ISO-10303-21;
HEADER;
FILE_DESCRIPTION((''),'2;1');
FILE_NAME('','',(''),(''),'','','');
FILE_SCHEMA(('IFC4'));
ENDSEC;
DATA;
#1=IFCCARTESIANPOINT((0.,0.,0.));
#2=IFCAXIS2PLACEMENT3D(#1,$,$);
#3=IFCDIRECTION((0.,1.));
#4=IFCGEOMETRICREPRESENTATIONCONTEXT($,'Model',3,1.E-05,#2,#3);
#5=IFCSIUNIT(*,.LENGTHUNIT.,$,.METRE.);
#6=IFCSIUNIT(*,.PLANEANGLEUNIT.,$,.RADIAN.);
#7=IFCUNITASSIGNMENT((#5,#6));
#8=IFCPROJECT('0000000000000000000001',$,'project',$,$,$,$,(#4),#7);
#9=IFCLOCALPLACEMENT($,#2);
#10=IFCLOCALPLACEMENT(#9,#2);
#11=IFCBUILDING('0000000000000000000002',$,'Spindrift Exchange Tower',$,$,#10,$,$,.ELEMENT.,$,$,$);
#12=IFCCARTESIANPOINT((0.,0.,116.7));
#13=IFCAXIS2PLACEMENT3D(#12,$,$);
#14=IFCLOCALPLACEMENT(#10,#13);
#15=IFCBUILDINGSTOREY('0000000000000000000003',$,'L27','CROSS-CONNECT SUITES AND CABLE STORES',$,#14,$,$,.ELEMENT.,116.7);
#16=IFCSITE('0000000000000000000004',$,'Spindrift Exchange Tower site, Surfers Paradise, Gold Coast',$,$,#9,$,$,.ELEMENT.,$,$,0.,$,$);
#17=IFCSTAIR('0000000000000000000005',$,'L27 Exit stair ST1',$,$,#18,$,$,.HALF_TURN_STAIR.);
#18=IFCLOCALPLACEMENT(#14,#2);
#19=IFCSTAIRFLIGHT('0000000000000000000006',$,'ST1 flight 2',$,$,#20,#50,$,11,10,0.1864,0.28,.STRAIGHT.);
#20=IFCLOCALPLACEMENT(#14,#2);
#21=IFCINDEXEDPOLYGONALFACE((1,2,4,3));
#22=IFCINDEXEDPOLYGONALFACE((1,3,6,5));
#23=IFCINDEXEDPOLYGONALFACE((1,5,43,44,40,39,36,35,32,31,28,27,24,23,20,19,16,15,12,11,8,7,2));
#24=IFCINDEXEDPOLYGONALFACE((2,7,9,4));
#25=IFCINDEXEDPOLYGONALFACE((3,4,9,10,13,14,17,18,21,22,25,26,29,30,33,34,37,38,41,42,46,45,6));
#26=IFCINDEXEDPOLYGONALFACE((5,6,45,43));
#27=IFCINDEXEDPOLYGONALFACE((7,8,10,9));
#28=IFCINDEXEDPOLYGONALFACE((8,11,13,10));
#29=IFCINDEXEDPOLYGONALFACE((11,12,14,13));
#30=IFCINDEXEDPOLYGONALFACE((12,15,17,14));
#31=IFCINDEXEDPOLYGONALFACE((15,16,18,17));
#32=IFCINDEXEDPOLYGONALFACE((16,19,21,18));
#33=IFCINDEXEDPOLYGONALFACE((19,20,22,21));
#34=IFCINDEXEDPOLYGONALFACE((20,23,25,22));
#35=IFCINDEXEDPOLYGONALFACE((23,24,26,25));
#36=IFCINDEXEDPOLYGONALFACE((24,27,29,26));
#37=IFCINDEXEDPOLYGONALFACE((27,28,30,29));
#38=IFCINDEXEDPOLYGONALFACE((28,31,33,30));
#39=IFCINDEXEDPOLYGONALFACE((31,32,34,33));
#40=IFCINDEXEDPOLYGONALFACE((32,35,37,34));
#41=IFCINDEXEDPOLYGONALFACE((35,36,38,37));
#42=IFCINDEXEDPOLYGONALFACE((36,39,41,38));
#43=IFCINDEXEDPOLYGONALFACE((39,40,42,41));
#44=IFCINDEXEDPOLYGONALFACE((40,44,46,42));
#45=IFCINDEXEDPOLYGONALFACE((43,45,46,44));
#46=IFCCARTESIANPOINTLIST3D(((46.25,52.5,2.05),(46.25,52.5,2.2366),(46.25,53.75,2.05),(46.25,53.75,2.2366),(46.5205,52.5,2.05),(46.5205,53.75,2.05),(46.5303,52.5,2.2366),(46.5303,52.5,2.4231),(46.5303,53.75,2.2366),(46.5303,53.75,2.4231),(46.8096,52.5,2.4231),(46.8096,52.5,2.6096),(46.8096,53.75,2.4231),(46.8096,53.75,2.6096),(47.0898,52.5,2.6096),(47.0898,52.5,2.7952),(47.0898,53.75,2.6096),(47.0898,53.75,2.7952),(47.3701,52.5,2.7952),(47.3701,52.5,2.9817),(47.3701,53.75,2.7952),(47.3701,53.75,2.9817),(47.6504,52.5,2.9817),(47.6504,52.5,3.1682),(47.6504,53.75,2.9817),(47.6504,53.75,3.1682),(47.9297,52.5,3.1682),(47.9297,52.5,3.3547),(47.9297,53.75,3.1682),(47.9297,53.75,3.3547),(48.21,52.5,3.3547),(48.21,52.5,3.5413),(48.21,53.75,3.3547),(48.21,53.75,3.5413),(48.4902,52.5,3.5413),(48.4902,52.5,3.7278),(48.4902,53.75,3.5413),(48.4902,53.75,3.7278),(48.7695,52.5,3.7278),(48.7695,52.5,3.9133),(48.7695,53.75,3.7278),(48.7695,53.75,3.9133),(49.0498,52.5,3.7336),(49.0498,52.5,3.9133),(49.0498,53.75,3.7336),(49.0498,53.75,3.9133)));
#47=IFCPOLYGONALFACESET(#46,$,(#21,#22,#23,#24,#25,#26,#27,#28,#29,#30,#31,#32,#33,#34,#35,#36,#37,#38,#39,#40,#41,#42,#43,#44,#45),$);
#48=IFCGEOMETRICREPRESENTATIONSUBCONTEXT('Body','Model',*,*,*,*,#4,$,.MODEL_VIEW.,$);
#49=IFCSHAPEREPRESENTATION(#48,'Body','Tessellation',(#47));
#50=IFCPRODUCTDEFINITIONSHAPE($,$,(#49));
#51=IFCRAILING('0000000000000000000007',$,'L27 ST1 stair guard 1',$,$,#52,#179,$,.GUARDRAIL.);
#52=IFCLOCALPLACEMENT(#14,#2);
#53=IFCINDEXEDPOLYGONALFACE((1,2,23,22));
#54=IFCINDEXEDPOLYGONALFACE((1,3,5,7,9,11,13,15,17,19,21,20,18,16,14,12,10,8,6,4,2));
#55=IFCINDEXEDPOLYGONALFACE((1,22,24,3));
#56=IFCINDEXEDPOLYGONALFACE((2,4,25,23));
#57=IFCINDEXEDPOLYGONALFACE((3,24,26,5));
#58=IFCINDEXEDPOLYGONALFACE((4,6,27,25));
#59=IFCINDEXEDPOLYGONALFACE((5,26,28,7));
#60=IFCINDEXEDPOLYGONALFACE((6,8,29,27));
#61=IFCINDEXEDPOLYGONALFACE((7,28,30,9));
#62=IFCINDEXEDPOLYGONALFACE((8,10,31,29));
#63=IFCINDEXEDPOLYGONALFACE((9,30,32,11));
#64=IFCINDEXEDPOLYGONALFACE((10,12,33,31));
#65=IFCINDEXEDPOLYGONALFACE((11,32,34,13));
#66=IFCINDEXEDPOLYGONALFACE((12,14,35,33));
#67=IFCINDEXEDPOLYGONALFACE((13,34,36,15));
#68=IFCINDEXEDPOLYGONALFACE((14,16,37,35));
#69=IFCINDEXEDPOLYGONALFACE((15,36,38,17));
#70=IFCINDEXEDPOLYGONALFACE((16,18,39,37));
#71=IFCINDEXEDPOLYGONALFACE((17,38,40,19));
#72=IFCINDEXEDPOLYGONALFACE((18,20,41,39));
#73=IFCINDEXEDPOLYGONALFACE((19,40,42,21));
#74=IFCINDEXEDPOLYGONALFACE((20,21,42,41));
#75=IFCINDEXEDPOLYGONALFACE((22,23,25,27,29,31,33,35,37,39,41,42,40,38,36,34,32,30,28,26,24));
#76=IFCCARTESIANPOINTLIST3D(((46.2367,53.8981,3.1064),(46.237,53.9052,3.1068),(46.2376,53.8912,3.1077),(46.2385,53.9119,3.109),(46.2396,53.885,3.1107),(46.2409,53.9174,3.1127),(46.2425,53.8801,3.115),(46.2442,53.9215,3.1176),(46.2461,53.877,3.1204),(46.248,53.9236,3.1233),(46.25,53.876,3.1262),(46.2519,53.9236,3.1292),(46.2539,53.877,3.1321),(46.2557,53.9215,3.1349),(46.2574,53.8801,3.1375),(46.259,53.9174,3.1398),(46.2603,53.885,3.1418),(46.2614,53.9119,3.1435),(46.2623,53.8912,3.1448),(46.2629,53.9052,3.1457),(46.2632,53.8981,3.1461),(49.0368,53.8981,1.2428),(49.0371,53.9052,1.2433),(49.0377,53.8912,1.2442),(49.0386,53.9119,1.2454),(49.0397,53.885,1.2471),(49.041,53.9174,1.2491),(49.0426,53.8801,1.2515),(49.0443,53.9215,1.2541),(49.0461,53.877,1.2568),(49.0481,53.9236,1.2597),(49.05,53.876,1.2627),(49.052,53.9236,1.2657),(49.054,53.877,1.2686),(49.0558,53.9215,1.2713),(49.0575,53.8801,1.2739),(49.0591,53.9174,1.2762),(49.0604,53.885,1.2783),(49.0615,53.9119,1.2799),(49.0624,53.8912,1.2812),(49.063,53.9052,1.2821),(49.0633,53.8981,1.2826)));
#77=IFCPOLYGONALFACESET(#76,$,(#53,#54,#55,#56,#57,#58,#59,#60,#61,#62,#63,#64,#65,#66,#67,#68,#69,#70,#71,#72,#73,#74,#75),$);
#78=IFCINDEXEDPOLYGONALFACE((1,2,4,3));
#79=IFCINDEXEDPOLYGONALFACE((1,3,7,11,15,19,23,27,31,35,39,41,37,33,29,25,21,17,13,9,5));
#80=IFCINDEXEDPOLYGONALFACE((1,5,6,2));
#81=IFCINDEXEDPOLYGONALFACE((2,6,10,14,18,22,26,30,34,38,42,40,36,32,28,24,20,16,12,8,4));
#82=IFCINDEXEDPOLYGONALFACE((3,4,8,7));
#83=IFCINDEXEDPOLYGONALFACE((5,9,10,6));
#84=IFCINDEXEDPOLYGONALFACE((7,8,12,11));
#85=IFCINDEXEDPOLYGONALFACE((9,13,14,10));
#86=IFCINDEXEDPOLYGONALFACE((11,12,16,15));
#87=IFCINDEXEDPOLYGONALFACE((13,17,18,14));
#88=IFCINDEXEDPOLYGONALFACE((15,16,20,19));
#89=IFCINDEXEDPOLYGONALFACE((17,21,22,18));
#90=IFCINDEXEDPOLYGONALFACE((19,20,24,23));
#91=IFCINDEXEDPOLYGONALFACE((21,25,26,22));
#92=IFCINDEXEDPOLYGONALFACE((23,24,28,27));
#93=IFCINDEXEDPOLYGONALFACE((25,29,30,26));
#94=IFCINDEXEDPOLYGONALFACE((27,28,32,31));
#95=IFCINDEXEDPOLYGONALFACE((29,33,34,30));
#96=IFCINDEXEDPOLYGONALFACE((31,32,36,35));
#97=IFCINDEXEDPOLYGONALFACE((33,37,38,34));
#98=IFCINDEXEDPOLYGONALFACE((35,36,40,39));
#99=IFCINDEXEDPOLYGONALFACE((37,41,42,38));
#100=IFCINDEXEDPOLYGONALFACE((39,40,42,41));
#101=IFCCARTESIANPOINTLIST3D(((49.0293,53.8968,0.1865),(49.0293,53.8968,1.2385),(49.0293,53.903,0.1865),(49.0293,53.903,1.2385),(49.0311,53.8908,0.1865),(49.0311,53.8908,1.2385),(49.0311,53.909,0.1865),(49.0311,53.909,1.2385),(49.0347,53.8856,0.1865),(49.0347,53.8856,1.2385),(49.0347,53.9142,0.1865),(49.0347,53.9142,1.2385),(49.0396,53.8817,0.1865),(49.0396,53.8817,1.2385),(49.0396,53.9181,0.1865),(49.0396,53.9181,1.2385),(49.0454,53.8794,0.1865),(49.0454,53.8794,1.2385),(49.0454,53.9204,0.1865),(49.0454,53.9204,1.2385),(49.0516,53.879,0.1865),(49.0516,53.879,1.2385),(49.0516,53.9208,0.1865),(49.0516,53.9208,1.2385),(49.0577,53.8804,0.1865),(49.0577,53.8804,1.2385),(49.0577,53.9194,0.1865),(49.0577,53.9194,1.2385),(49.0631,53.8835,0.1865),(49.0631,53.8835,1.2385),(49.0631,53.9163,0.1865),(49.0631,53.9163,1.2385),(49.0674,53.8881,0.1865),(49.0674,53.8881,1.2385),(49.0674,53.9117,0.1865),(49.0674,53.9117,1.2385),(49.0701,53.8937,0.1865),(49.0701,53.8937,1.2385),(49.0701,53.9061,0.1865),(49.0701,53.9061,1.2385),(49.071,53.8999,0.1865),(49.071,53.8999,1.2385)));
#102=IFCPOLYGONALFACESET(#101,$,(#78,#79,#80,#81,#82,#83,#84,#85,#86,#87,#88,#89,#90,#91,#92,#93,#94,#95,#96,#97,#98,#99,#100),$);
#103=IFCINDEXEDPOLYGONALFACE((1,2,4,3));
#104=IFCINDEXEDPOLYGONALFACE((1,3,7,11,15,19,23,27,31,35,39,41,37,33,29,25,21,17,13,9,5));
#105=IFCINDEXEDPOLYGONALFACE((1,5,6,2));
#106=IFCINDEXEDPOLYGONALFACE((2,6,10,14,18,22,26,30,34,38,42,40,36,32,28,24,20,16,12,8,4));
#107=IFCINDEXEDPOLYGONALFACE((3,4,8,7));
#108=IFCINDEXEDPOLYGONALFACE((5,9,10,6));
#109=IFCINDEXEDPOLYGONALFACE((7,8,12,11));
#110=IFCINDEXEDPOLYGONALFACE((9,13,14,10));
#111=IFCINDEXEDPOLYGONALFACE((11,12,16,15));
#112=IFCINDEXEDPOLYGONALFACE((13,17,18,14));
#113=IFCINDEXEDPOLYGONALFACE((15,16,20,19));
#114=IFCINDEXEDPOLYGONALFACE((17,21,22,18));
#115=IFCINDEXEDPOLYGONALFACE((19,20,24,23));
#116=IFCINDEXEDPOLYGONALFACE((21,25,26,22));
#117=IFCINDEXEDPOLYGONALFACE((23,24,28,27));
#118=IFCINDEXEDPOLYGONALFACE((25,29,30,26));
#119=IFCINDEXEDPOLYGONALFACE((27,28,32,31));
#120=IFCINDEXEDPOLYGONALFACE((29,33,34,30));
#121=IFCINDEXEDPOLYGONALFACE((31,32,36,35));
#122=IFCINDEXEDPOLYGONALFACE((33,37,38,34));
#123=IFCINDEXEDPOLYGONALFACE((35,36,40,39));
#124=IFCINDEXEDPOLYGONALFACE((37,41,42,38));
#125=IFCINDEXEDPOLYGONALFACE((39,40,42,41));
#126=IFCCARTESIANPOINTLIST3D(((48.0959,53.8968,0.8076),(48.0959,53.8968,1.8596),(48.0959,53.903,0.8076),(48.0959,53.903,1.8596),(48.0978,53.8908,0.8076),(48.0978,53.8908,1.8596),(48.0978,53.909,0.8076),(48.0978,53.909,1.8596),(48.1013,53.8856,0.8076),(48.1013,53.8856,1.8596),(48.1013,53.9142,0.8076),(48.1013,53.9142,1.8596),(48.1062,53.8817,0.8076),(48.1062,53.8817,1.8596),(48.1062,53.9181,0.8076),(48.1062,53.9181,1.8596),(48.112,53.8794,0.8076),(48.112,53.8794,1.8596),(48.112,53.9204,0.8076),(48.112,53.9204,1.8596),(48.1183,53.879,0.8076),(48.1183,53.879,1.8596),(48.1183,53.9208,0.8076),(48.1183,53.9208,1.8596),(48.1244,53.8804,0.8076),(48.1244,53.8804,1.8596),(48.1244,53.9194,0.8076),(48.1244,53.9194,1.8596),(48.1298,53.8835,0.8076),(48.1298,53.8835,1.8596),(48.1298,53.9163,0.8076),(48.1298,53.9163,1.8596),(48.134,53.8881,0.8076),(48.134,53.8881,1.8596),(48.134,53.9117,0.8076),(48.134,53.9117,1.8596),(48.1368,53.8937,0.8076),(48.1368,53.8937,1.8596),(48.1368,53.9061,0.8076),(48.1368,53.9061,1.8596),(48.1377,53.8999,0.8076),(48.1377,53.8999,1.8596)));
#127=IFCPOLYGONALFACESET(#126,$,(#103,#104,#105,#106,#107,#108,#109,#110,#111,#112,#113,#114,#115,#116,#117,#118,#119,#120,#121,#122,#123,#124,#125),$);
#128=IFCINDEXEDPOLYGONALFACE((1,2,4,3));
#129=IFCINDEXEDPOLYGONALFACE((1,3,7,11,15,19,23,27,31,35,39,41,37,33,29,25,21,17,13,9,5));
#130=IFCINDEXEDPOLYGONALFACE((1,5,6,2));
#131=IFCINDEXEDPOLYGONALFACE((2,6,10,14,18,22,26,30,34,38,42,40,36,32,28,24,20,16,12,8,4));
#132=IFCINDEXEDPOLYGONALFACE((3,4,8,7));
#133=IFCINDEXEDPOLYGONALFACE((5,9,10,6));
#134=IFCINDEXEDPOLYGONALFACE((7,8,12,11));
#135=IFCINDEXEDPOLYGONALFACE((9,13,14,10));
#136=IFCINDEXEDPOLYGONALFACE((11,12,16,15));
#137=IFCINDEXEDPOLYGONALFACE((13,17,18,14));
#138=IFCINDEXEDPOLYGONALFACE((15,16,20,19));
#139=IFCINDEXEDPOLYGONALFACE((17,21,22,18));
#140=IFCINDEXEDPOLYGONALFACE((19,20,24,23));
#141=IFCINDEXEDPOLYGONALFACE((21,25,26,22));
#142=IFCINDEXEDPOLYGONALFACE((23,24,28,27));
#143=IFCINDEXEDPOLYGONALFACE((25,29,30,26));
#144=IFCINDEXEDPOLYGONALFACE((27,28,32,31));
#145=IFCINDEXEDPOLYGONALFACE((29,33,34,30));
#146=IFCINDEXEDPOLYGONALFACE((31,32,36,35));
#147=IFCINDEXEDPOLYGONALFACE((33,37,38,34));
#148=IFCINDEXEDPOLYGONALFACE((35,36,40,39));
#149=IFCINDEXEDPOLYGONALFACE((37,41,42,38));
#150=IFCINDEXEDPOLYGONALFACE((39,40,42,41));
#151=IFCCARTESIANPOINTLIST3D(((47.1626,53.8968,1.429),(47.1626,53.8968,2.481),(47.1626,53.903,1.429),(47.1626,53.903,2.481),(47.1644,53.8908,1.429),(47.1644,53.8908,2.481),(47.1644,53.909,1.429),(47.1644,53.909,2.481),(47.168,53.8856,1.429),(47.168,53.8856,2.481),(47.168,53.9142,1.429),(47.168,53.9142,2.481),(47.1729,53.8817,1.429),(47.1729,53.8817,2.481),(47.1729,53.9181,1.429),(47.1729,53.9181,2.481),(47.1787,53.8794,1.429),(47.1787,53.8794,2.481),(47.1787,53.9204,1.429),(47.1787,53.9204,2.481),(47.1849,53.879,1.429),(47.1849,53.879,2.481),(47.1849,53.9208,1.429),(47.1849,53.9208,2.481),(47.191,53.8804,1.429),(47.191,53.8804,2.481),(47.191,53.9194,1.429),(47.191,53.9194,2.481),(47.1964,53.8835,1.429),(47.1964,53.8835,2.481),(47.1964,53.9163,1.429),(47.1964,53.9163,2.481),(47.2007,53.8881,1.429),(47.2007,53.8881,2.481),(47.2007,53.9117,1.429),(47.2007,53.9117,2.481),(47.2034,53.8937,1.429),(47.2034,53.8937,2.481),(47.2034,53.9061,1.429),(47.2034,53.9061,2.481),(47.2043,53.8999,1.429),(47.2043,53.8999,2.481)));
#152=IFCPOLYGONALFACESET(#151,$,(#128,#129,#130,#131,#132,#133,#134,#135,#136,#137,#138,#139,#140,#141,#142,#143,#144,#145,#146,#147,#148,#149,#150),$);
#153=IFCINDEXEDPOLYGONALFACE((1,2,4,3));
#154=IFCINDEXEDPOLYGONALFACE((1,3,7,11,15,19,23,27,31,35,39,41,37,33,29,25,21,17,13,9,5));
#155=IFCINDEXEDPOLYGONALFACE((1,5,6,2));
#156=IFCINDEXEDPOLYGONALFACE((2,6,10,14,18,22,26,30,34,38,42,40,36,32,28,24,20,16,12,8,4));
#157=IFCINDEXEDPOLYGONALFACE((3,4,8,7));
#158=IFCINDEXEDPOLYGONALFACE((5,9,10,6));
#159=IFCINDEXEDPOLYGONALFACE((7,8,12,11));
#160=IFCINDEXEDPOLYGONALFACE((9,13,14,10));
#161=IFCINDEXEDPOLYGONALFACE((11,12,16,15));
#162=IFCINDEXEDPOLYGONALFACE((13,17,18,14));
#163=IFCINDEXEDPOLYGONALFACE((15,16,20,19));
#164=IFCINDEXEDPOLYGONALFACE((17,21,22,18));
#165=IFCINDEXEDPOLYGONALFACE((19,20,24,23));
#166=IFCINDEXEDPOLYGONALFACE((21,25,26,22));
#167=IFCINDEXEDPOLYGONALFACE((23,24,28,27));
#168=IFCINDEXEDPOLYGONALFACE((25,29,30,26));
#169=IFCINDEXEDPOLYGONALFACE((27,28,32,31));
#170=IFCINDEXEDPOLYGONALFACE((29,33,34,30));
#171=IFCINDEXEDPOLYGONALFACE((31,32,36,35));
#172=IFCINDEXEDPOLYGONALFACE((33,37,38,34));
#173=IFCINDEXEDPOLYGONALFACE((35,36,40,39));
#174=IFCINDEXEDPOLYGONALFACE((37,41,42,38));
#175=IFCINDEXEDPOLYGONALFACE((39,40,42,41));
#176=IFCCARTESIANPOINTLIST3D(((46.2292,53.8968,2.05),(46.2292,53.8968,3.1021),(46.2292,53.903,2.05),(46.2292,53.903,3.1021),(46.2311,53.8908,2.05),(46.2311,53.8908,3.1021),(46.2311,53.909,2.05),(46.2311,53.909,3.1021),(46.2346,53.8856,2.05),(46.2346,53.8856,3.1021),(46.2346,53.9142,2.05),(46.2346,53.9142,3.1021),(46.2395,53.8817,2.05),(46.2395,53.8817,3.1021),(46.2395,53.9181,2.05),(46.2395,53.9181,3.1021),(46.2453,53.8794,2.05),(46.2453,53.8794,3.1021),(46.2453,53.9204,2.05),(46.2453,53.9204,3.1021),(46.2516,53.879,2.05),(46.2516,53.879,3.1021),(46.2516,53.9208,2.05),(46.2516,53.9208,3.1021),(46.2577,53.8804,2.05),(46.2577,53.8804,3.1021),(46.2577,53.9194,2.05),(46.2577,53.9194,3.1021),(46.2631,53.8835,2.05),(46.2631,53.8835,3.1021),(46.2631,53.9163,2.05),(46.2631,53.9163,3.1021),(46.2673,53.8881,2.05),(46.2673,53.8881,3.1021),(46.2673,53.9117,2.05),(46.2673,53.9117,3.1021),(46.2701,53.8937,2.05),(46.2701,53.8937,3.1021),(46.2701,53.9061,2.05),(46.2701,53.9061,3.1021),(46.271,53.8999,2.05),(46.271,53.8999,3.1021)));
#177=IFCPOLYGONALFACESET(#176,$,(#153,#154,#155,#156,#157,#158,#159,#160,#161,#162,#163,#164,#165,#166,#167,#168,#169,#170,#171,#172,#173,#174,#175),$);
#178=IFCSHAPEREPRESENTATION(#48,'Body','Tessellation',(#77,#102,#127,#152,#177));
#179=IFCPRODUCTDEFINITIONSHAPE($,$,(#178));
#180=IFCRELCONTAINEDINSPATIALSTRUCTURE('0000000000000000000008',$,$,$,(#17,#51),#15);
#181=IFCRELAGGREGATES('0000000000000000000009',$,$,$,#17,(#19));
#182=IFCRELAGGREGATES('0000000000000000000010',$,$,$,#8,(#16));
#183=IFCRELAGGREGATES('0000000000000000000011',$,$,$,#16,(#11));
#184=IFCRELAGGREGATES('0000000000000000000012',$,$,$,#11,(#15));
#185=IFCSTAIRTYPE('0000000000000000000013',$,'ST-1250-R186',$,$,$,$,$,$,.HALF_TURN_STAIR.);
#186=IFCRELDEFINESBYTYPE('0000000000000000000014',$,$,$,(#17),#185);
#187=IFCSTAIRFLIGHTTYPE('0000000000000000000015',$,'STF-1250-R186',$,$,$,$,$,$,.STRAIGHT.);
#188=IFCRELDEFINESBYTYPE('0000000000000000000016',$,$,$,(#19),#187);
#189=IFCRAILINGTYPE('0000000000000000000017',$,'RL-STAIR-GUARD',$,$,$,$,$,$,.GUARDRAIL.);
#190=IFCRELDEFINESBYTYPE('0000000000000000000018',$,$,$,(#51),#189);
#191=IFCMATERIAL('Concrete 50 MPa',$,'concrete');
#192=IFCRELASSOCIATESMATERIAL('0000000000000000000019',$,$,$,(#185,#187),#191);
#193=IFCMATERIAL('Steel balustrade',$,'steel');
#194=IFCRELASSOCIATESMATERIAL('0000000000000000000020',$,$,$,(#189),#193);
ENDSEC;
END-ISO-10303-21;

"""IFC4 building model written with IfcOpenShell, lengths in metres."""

from ifc_helpers import new_model, si_unit, direction, frame, origin, origin_2d, place, context, subcontext, project, spatial, line, indexed_curve, circle, outline, extrude, material, type_object, element, aggregate, save


model = new_model("IFC4")

# Units and contexts
model_context = context("Model", 3, precision=1e-05, world=origin(), true_north=direction((0.0, 1.0)))
body_context = subcontext(model_context, "Body", "Model", "MODEL_VIEW")
ifc_project = project(units=[si_unit("LENGTHUNIT", "METRE"), si_unit("PLANEANGLEUNIT", "RADIAN")], contexts=[model_context])

# Site, building, storey
site_placement = place(None, origin())
site = spatial("IfcSite", under=ifc_project, at=site_placement, Name="Spindrift Exchange Tower site, Surfers Paradise, Gold Coast", CompositionType="ELEMENT", RefElevation=0.0)
building_placement = place(site_placement, origin())
building = spatial("IfcBuilding", under=site, at=building_placement, Name="Spindrift Exchange Tower", CompositionType="ELEMENT")
storey_placement = place(building_placement, frame((0.0, 0.0, 116.7)))
storey = spatial("IfcBuildingStorey", under=building, at=storey_placement, Name="L27", Description="CROSS-CONNECT SUITES AND CABLE STORES", CompositionType="ELEMENT", Elevation=116.7)

# Stair, stair flight
ifc_material_1 = material(Name="Concrete 50 MPa", Category="concrete")
stair_type = type_object("IfcStairType", Name="ST-1250-R186", PredefinedType="HALF_TURN_STAIR", material=ifc_material_1)
stair_placement = place(storey_placement, origin())
stair = element("IfcStair", 1, at=stair_placement, inside=storey, type_object=stair_type, Name="L27 Exit stair ST1", PredefinedType="HALF_TURN_STAIR")
stair_flight_type = type_object("IfcStairFlightType", Name="STF-1250-R186", PredefinedType="STRAIGHT", material=ifc_material_1)
stair_flight_1_placement = place(storey_placement, frame((46.25, 53.125, 2.05), z_axis=(0.0, 0.0, 1.0), x_axis=(1.0, 0.0, 0.0)))
stair_flight_1 = element("IfcStairFlight", 2, at=stair_flight_1_placement, type_object=stair_flight_type, Name="ST1 flight 2", NumberOfRisers=11, NumberOfTreads=10, PredefinedType="STRAIGHT", RiserHeight=0.1864, TreadLength=0.28, context=body_context, shape_type="SweptSolid", body=[
    extrude(outline(indexed_curve([(0.0, 0.0), (0.0, 0.1865), (0.2803, 0.1865), (0.2803, 0.373), (0.5596, 0.373), (0.5596, 0.5596), (0.8398, 0.5596), (0.8398, 0.7451), (1.1201, 0.7451), (1.1201, 0.9316), (1.4004, 0.9316), (1.4004, 1.1182), (1.6797, 1.1182), (1.6797, 1.3047), (1.96, 1.3047), (1.96, 1.4912), (2.2402, 1.4912), (2.2402, 1.6777), (2.5195, 1.6777), (2.5195, 1.8633), (2.7998, 1.8633), (2.7998, 2.0498), (2.7998, 1.6836), (0.2705, 0.0)], segments=[line(1, 2, 3, 4, 5, 6, 7, 8, 9, 10, 11, 12, 13, 14, 15, 16, 17, 18, 19, 20, 21, 22, 23, 24, 1)], self_intersect=False)), frame((0.0, 0.625, 0.0), z_axis=(0.0, -1.0, 0.0), x_axis=(1.0, 0.0, 0.0)), (0.0, 0.0, 1.0), 1.25),
])
aggregate(stair, [stair_flight_1])

# Railing
ifc_material_2 = material(Name="Steel balustrade", Category="steel")
railing_type_1 = type_object("IfcRailingType", Name="RL-STAIR-GUARD", PredefinedType="GUARDRAIL", material=ifc_material_2)
railing_1_placement = place(storey_placement, frame((49.05, 53.8999, 0.1865)))
element("IfcRailing", 3, at=railing_1_placement, inside=storey, type_object=railing_type_1, Name="L27 ST1 stair guard 1", PredefinedType="GUARDRAIL", context=body_context, shape_type="SweptSolid", body=[
    extrude(circle(Radius=0.0239, at=origin_2d()), frame((0.0, 0.0, 1.0762), z_axis=(-0.832486, 0.0, 0.554047), x_axis=(0.0, -1.0, 0.0)), (0.0, 0.0, 1.0), 3.3635),
    extrude(circle(Radius=0.021, at=origin_2d()), origin(), (0.0, 0.0, 1.0), 1.052),
    extrude(circle(Radius=0.021, at=origin_2d()), frame((-0.9333, 0.0, 0.6211)), (0.0, 0.0, 1.0), 1.052),
    extrude(circle(Radius=0.021, at=origin_2d()), frame((-1.8667, 0.0, 1.2424)), (0.0, 0.0, 1.0), 1.052),
    extrude(circle(Radius=0.021, at=origin_2d()), frame((-2.8, 0.0, 1.8635)), (0.0, 0.0, 1.0), 1.052),
])

save(model, "model.ifc")
